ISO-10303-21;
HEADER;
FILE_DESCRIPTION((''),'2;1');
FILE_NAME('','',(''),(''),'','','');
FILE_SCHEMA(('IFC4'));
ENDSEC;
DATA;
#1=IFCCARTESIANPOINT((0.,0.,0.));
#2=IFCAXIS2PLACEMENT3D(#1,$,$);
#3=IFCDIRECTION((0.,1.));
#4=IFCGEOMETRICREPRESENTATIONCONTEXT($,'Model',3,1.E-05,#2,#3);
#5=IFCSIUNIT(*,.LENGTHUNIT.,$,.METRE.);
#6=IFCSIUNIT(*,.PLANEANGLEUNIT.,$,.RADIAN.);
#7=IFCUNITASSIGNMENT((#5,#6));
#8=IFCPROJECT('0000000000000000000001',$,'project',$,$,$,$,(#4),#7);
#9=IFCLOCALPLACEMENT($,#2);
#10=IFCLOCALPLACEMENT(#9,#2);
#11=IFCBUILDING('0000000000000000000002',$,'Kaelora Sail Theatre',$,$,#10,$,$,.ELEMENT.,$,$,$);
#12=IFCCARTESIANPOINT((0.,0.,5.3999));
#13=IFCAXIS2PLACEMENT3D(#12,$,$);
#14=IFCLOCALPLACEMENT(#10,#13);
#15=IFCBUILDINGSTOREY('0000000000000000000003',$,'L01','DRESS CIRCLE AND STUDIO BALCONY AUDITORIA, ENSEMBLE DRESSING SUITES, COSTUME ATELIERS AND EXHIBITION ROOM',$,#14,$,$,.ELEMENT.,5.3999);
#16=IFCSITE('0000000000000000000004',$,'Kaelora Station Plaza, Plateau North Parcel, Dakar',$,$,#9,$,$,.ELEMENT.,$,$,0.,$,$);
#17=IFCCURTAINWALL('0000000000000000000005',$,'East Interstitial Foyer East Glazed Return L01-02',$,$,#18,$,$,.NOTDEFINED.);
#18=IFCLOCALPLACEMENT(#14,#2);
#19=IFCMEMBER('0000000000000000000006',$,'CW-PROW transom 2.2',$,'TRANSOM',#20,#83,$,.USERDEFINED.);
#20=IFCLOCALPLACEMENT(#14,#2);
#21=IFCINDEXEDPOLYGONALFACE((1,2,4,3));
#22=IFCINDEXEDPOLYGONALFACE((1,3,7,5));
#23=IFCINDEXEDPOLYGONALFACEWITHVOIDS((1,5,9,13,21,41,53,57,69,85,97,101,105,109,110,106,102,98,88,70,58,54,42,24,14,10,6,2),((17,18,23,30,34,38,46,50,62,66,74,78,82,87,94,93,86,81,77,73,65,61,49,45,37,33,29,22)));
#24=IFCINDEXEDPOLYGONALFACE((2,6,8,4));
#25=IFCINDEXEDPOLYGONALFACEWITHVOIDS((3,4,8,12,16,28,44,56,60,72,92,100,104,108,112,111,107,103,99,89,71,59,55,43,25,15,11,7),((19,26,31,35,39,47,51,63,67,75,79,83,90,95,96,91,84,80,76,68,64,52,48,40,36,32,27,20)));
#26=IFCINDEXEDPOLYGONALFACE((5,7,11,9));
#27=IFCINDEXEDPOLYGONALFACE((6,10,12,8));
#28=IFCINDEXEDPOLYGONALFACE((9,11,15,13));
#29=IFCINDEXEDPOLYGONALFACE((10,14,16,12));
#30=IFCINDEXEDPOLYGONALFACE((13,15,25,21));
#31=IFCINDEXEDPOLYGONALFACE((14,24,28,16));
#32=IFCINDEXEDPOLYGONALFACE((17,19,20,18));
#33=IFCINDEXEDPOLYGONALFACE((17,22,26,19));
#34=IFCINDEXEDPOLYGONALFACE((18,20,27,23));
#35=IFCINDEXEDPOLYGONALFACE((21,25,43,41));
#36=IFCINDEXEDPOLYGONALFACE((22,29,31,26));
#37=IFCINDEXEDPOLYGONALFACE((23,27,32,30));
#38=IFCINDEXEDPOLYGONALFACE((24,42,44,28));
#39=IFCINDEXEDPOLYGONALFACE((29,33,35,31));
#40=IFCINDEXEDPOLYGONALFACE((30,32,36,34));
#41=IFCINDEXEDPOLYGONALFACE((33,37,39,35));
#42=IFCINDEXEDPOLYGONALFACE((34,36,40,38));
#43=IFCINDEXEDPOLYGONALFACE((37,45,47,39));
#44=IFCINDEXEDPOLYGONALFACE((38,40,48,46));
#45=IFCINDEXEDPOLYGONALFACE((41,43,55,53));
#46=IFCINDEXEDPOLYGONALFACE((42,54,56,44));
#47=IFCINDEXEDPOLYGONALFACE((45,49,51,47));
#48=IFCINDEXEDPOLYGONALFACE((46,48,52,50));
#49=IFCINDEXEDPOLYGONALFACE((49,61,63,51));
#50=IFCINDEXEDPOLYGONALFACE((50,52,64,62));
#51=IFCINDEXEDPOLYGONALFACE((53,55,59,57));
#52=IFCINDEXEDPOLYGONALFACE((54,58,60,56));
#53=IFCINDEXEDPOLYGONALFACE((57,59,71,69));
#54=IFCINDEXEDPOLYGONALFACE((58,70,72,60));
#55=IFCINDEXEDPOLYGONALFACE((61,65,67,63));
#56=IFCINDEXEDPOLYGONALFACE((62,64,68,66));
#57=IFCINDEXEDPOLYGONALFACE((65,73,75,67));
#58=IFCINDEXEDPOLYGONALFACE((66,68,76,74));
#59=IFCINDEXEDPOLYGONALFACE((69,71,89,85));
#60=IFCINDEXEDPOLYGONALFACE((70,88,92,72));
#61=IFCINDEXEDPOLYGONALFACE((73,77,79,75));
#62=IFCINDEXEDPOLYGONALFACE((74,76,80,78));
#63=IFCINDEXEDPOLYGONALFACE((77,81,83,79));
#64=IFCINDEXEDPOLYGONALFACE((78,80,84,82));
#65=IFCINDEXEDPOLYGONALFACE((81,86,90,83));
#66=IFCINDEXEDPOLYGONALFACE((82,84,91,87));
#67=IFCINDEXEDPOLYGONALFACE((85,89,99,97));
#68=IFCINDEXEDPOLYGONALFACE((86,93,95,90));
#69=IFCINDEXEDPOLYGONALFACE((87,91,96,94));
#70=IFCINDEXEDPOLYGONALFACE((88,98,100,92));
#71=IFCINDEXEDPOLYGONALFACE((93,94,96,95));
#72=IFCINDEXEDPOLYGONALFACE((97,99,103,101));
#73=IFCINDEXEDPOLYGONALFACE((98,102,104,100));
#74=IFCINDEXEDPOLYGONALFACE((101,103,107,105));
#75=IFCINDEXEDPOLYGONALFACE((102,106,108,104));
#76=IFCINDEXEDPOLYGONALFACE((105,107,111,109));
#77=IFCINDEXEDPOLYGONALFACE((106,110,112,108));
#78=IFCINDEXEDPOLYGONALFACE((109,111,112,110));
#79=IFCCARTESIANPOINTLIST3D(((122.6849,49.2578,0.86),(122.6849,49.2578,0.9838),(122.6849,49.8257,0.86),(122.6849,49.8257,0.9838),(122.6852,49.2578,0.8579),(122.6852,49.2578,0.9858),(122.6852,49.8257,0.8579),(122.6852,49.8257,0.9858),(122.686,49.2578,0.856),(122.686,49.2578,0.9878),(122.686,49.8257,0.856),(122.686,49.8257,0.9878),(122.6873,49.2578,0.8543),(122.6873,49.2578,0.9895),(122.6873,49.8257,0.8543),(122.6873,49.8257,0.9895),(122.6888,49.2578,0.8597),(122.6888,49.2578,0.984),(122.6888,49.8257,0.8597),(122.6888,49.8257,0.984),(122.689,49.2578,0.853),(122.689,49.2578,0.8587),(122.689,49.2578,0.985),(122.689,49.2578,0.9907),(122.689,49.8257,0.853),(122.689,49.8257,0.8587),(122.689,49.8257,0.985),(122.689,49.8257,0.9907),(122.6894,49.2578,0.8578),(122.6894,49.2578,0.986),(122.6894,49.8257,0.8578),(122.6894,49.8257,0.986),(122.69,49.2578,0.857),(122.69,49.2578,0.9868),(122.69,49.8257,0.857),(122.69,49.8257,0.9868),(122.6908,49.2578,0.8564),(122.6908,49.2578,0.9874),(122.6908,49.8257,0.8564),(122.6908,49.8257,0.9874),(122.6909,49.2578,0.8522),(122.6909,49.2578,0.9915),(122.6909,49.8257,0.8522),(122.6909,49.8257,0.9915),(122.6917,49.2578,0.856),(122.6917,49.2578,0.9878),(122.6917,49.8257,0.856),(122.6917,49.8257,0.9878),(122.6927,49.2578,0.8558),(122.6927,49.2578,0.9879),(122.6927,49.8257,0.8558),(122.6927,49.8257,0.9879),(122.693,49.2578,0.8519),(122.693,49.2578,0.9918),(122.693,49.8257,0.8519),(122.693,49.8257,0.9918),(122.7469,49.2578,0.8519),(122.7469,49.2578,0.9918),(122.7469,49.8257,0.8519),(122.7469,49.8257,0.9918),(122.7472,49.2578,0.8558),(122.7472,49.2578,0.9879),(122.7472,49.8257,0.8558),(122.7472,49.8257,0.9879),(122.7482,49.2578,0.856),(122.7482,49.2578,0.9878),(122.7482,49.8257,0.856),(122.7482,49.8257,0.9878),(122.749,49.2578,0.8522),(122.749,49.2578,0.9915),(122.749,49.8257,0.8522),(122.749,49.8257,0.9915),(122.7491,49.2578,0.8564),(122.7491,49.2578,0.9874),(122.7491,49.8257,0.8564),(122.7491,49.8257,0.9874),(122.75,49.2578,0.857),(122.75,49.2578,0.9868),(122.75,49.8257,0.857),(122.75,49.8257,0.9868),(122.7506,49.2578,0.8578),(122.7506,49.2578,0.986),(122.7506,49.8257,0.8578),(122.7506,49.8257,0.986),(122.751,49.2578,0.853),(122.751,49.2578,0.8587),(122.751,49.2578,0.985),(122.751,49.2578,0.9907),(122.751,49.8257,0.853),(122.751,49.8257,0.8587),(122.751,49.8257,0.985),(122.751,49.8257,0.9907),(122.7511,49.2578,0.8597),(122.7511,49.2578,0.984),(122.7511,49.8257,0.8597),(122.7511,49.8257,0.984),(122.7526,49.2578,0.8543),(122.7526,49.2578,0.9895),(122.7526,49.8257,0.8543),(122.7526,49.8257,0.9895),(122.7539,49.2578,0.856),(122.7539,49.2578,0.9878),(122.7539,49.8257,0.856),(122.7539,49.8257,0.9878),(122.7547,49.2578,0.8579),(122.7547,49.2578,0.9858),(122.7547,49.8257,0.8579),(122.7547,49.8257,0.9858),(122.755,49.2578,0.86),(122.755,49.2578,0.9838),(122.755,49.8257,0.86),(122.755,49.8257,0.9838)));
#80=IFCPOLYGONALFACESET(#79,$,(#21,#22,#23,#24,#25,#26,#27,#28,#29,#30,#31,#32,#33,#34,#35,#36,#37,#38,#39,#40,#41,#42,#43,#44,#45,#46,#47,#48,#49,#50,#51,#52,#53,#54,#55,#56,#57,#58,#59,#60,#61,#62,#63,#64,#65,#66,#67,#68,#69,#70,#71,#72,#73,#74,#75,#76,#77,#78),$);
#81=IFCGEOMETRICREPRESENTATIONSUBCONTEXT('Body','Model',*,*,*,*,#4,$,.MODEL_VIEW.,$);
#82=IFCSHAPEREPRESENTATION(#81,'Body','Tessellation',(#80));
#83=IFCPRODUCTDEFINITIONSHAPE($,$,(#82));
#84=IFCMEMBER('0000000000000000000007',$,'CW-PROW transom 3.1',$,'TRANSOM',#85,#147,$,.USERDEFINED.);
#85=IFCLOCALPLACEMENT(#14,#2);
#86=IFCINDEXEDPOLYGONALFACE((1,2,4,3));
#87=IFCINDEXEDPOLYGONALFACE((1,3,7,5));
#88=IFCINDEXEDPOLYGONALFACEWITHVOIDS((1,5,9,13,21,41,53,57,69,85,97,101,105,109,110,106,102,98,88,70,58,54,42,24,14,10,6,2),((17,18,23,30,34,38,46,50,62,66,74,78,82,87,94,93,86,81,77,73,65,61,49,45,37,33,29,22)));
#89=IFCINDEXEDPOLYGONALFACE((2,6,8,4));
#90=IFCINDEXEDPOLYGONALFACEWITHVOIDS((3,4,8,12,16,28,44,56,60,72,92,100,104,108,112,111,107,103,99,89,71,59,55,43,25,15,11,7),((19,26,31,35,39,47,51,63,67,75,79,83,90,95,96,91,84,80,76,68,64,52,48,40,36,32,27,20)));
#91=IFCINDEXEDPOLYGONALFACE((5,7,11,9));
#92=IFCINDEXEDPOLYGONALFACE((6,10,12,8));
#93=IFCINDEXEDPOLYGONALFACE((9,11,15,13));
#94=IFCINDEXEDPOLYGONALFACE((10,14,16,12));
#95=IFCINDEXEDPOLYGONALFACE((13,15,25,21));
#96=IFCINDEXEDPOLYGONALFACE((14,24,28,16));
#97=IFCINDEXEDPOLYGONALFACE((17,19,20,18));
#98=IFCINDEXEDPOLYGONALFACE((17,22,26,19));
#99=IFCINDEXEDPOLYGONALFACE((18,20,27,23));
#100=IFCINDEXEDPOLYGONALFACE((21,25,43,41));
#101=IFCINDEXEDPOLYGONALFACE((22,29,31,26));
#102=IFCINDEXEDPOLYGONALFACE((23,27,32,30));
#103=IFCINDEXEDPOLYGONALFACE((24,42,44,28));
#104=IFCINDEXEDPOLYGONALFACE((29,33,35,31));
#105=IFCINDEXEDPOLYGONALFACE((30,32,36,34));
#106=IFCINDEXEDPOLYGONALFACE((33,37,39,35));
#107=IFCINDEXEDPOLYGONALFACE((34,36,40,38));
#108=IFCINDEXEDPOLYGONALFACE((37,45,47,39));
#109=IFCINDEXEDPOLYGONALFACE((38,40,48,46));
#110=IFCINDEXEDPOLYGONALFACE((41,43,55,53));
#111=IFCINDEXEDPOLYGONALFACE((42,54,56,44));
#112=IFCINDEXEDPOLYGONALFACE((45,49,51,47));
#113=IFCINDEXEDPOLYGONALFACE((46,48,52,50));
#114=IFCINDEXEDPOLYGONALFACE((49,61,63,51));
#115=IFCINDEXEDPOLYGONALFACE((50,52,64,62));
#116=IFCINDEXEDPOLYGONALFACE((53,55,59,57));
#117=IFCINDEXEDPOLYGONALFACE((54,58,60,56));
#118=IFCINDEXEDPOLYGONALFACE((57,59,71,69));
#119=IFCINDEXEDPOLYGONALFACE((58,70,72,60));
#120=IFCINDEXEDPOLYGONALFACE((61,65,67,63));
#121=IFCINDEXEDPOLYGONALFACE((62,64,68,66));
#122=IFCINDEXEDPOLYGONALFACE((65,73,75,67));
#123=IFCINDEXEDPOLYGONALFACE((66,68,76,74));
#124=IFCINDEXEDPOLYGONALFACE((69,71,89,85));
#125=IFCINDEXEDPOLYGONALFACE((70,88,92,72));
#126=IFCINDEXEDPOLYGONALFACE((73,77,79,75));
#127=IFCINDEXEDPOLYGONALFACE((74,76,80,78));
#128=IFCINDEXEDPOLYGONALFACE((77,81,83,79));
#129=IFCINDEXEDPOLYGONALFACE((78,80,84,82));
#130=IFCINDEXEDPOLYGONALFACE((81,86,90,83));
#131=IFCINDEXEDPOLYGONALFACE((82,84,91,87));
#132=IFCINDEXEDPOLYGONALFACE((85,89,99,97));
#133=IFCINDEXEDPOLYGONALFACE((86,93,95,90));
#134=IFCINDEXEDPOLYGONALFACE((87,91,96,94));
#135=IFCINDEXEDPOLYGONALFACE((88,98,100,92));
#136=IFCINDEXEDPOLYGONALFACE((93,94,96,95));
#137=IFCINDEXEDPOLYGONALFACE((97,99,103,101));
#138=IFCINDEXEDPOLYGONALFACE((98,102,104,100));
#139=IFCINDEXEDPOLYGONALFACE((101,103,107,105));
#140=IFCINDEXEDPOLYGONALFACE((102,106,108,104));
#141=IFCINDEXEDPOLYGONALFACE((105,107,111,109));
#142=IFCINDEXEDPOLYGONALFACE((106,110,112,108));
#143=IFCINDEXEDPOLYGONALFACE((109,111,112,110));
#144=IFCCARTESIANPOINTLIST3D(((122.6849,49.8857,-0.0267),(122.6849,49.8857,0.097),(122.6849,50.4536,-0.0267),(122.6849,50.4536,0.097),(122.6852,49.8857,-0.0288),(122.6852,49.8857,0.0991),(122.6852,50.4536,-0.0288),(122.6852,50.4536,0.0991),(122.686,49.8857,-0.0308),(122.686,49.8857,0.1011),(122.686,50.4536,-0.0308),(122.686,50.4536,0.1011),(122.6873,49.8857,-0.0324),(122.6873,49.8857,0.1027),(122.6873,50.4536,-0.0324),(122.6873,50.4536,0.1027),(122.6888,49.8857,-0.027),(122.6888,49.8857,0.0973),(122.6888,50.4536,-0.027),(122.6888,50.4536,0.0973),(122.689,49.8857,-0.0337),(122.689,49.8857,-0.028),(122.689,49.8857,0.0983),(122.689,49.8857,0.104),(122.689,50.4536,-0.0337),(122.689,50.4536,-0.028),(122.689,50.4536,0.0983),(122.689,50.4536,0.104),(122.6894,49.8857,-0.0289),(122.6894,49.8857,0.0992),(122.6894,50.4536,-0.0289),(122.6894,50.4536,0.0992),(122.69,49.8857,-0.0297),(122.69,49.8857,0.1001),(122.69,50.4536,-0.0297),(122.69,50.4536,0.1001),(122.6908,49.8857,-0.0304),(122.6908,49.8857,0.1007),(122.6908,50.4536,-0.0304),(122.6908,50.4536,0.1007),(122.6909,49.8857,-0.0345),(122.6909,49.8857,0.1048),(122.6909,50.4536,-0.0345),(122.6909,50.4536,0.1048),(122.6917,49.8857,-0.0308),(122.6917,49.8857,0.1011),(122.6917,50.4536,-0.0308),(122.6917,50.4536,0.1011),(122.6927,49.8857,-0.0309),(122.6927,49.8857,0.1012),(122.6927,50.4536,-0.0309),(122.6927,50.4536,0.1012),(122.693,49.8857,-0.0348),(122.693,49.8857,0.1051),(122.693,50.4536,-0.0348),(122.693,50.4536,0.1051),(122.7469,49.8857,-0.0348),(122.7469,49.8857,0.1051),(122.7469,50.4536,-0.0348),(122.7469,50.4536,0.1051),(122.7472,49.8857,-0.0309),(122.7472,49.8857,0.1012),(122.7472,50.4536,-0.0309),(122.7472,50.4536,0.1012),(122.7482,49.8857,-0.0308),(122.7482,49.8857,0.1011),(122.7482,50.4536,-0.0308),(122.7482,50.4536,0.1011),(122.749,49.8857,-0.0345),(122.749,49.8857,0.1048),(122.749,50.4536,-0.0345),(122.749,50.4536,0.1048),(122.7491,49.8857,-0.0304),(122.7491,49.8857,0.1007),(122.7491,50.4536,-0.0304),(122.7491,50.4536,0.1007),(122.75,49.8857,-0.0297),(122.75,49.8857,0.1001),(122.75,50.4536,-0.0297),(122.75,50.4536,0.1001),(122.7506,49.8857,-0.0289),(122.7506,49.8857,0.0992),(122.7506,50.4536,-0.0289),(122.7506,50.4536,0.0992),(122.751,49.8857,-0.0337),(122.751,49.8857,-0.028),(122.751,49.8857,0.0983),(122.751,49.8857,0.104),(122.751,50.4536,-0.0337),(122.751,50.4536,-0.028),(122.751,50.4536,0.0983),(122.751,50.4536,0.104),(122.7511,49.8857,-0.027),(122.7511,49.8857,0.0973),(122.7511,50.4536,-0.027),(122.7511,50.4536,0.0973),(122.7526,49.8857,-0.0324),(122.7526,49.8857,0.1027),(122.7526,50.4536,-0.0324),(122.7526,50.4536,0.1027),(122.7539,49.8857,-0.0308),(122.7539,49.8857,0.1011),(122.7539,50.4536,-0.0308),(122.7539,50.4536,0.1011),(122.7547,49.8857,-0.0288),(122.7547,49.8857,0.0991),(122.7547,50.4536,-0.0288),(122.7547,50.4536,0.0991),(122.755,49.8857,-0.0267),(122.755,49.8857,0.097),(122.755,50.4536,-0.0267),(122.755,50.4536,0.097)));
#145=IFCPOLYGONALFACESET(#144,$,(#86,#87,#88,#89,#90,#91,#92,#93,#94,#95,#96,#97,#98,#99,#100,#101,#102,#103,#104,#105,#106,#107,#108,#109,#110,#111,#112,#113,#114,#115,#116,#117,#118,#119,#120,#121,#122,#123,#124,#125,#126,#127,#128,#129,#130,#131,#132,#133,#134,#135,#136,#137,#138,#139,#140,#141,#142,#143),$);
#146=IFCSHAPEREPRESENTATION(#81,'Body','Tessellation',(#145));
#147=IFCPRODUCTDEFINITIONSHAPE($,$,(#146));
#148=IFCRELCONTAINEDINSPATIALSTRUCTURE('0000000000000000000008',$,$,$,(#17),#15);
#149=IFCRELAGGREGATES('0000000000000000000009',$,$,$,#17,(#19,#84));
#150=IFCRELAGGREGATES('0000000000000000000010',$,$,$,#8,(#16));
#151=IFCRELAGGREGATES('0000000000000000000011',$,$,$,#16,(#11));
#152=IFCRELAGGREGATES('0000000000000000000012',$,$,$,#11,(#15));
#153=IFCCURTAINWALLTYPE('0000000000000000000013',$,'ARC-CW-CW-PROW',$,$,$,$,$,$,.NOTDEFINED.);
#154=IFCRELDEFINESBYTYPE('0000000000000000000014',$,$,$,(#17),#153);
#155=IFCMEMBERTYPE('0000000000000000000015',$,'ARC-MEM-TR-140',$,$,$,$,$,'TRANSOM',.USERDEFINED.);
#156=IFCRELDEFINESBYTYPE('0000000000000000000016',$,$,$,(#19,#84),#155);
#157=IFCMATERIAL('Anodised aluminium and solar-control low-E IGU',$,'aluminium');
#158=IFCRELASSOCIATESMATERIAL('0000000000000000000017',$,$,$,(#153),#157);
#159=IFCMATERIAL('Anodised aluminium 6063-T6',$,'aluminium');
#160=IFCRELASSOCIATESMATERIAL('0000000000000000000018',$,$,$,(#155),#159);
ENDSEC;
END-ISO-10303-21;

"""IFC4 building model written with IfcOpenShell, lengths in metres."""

from ifc_helpers import new_model, si_unit, direction, frame, origin, origin_2d, place, context, subcontext, project, spatial, hollow_rectangle, extrude, material, material_profile, profile_set, type_object, element, aggregate, save


model = new_model("IFC4")

# Units and contexts
model_context = context("Model", 3, precision=1e-05, world=origin(), true_north=direction((0.0, 1.0)))
body_context = subcontext(model_context, "Body", "Model", "MODEL_VIEW")
ifc_project = project(units=[si_unit("LENGTHUNIT", "METRE"), si_unit("PLANEANGLEUNIT", "RADIAN")], contexts=[model_context])

# Site, building, storey
site_placement = place(None, origin())
site = spatial("IfcSite", under=ifc_project, at=site_placement, Name="Kaelora Station Plaza, Plateau North Parcel, Dakar", CompositionType="ELEMENT", RefElevation=0.0)
building_placement = place(site_placement, origin())
building = spatial("IfcBuilding", under=site, at=building_placement, Name="Kaelora Sail Theatre", CompositionType="ELEMENT")
storey_placement = place(building_placement, frame((0.0, 0.0, 5.3999)))
storey = spatial("IfcBuildingStorey", under=building, at=storey_placement, Name="L01", Description="DRESS CIRCLE AND STUDIO BALCONY AUDITORIA, ENSEMBLE DRESSING SUITES, COSTUME ATELIERS AND EXHIBITION ROOM", CompositionType="ELEMENT", Elevation=5.3999)

# Curtain wall
ifc_material_1 = material(Name="Anodised aluminium and solar-control low-E IGU", Category="aluminium")
curtain_wall_type = type_object("IfcCurtainWallType", Name="ARC-CW-CW-PROW", PredefinedType="NOTDEFINED", material=ifc_material_1)
curtain_wall_1_placement = place(storey_placement, origin())
curtain_wall_1 = element("IfcCurtainWall", 1, at=curtain_wall_1_placement, inside=storey, type_object=curtain_wall_type, Name="East Interstitial Foyer East Glazed Return L01-02", PredefinedType="NOTDEFINED")

# Members
ifc_material_2 = material(Name="Anodised aluminium 6063-T6", Category="aluminium")
ifc_material_profile_1 = material_profile(ifc_material_2, hollow_rectangle(XDim=0.0701, YDim=0.1399, WallThickness=0.0039, InnerFilletRadius=0.0039, OuterFilletRadius=0.0081, at=origin_2d()), Name="ALU-TRAN 70x140x4")
ifc_profile_set_1 = profile_set([ifc_material_profile_1], Name="Anodised aluminium 6063-T6")
member_type_1 = type_object("IfcMemberType", Name="ARC-MEM-TR-140", ElementType="TRANSOM", PredefinedType="USERDEFINED", material=ifc_profile_set_1)
member_1_placement = place(storey_placement, frame((122.72, 49.2578, 0.9219), z_axis=(0.0, 1.0, 0.0), x_axis=(-1.0, 0.0, 0.0)))
member_1 = element("IfcMember", 2, at=member_1_placement, type_object=member_type_1, Name="CW-PROW transom 2.2", ObjectType="TRANSOM", PredefinedType="USERDEFINED", context=body_context, shape_type="SweptSolid", body=[
    extrude(hollow_rectangle(XDim=0.0701, YDim=0.1399, WallThickness=0.0039, InnerFilletRadius=0.0039, OuterFilletRadius=0.0081, at=origin_2d()), origin(), (0.0, 0.0, 1.0), 0.5679),
])
member_2_placement = place(storey_placement, frame((122.72, 49.8857, 0.0352), z_axis=(0.0, 1.0, 0.0), x_axis=(-1.0, 0.0, 0.0)))
member_2 = element("IfcMember", 3, at=member_2_placement, type_object=member_type_1, Name="CW-PROW transom 3.1", ObjectType="TRANSOM", PredefinedType="USERDEFINED", context=body_context, shape_type="SweptSolid", body=[
    extrude(hollow_rectangle(XDim=0.0701, YDim=0.1399, WallThickness=0.0039, InnerFilletRadius=0.0039, OuterFilletRadius=0.0081, at=origin_2d()), origin(), (0.0, 0.0, 1.0), 0.5679),
])

aggregate(curtain_wall_1, [member_1, member_2])

save(model, "model.ifc")
